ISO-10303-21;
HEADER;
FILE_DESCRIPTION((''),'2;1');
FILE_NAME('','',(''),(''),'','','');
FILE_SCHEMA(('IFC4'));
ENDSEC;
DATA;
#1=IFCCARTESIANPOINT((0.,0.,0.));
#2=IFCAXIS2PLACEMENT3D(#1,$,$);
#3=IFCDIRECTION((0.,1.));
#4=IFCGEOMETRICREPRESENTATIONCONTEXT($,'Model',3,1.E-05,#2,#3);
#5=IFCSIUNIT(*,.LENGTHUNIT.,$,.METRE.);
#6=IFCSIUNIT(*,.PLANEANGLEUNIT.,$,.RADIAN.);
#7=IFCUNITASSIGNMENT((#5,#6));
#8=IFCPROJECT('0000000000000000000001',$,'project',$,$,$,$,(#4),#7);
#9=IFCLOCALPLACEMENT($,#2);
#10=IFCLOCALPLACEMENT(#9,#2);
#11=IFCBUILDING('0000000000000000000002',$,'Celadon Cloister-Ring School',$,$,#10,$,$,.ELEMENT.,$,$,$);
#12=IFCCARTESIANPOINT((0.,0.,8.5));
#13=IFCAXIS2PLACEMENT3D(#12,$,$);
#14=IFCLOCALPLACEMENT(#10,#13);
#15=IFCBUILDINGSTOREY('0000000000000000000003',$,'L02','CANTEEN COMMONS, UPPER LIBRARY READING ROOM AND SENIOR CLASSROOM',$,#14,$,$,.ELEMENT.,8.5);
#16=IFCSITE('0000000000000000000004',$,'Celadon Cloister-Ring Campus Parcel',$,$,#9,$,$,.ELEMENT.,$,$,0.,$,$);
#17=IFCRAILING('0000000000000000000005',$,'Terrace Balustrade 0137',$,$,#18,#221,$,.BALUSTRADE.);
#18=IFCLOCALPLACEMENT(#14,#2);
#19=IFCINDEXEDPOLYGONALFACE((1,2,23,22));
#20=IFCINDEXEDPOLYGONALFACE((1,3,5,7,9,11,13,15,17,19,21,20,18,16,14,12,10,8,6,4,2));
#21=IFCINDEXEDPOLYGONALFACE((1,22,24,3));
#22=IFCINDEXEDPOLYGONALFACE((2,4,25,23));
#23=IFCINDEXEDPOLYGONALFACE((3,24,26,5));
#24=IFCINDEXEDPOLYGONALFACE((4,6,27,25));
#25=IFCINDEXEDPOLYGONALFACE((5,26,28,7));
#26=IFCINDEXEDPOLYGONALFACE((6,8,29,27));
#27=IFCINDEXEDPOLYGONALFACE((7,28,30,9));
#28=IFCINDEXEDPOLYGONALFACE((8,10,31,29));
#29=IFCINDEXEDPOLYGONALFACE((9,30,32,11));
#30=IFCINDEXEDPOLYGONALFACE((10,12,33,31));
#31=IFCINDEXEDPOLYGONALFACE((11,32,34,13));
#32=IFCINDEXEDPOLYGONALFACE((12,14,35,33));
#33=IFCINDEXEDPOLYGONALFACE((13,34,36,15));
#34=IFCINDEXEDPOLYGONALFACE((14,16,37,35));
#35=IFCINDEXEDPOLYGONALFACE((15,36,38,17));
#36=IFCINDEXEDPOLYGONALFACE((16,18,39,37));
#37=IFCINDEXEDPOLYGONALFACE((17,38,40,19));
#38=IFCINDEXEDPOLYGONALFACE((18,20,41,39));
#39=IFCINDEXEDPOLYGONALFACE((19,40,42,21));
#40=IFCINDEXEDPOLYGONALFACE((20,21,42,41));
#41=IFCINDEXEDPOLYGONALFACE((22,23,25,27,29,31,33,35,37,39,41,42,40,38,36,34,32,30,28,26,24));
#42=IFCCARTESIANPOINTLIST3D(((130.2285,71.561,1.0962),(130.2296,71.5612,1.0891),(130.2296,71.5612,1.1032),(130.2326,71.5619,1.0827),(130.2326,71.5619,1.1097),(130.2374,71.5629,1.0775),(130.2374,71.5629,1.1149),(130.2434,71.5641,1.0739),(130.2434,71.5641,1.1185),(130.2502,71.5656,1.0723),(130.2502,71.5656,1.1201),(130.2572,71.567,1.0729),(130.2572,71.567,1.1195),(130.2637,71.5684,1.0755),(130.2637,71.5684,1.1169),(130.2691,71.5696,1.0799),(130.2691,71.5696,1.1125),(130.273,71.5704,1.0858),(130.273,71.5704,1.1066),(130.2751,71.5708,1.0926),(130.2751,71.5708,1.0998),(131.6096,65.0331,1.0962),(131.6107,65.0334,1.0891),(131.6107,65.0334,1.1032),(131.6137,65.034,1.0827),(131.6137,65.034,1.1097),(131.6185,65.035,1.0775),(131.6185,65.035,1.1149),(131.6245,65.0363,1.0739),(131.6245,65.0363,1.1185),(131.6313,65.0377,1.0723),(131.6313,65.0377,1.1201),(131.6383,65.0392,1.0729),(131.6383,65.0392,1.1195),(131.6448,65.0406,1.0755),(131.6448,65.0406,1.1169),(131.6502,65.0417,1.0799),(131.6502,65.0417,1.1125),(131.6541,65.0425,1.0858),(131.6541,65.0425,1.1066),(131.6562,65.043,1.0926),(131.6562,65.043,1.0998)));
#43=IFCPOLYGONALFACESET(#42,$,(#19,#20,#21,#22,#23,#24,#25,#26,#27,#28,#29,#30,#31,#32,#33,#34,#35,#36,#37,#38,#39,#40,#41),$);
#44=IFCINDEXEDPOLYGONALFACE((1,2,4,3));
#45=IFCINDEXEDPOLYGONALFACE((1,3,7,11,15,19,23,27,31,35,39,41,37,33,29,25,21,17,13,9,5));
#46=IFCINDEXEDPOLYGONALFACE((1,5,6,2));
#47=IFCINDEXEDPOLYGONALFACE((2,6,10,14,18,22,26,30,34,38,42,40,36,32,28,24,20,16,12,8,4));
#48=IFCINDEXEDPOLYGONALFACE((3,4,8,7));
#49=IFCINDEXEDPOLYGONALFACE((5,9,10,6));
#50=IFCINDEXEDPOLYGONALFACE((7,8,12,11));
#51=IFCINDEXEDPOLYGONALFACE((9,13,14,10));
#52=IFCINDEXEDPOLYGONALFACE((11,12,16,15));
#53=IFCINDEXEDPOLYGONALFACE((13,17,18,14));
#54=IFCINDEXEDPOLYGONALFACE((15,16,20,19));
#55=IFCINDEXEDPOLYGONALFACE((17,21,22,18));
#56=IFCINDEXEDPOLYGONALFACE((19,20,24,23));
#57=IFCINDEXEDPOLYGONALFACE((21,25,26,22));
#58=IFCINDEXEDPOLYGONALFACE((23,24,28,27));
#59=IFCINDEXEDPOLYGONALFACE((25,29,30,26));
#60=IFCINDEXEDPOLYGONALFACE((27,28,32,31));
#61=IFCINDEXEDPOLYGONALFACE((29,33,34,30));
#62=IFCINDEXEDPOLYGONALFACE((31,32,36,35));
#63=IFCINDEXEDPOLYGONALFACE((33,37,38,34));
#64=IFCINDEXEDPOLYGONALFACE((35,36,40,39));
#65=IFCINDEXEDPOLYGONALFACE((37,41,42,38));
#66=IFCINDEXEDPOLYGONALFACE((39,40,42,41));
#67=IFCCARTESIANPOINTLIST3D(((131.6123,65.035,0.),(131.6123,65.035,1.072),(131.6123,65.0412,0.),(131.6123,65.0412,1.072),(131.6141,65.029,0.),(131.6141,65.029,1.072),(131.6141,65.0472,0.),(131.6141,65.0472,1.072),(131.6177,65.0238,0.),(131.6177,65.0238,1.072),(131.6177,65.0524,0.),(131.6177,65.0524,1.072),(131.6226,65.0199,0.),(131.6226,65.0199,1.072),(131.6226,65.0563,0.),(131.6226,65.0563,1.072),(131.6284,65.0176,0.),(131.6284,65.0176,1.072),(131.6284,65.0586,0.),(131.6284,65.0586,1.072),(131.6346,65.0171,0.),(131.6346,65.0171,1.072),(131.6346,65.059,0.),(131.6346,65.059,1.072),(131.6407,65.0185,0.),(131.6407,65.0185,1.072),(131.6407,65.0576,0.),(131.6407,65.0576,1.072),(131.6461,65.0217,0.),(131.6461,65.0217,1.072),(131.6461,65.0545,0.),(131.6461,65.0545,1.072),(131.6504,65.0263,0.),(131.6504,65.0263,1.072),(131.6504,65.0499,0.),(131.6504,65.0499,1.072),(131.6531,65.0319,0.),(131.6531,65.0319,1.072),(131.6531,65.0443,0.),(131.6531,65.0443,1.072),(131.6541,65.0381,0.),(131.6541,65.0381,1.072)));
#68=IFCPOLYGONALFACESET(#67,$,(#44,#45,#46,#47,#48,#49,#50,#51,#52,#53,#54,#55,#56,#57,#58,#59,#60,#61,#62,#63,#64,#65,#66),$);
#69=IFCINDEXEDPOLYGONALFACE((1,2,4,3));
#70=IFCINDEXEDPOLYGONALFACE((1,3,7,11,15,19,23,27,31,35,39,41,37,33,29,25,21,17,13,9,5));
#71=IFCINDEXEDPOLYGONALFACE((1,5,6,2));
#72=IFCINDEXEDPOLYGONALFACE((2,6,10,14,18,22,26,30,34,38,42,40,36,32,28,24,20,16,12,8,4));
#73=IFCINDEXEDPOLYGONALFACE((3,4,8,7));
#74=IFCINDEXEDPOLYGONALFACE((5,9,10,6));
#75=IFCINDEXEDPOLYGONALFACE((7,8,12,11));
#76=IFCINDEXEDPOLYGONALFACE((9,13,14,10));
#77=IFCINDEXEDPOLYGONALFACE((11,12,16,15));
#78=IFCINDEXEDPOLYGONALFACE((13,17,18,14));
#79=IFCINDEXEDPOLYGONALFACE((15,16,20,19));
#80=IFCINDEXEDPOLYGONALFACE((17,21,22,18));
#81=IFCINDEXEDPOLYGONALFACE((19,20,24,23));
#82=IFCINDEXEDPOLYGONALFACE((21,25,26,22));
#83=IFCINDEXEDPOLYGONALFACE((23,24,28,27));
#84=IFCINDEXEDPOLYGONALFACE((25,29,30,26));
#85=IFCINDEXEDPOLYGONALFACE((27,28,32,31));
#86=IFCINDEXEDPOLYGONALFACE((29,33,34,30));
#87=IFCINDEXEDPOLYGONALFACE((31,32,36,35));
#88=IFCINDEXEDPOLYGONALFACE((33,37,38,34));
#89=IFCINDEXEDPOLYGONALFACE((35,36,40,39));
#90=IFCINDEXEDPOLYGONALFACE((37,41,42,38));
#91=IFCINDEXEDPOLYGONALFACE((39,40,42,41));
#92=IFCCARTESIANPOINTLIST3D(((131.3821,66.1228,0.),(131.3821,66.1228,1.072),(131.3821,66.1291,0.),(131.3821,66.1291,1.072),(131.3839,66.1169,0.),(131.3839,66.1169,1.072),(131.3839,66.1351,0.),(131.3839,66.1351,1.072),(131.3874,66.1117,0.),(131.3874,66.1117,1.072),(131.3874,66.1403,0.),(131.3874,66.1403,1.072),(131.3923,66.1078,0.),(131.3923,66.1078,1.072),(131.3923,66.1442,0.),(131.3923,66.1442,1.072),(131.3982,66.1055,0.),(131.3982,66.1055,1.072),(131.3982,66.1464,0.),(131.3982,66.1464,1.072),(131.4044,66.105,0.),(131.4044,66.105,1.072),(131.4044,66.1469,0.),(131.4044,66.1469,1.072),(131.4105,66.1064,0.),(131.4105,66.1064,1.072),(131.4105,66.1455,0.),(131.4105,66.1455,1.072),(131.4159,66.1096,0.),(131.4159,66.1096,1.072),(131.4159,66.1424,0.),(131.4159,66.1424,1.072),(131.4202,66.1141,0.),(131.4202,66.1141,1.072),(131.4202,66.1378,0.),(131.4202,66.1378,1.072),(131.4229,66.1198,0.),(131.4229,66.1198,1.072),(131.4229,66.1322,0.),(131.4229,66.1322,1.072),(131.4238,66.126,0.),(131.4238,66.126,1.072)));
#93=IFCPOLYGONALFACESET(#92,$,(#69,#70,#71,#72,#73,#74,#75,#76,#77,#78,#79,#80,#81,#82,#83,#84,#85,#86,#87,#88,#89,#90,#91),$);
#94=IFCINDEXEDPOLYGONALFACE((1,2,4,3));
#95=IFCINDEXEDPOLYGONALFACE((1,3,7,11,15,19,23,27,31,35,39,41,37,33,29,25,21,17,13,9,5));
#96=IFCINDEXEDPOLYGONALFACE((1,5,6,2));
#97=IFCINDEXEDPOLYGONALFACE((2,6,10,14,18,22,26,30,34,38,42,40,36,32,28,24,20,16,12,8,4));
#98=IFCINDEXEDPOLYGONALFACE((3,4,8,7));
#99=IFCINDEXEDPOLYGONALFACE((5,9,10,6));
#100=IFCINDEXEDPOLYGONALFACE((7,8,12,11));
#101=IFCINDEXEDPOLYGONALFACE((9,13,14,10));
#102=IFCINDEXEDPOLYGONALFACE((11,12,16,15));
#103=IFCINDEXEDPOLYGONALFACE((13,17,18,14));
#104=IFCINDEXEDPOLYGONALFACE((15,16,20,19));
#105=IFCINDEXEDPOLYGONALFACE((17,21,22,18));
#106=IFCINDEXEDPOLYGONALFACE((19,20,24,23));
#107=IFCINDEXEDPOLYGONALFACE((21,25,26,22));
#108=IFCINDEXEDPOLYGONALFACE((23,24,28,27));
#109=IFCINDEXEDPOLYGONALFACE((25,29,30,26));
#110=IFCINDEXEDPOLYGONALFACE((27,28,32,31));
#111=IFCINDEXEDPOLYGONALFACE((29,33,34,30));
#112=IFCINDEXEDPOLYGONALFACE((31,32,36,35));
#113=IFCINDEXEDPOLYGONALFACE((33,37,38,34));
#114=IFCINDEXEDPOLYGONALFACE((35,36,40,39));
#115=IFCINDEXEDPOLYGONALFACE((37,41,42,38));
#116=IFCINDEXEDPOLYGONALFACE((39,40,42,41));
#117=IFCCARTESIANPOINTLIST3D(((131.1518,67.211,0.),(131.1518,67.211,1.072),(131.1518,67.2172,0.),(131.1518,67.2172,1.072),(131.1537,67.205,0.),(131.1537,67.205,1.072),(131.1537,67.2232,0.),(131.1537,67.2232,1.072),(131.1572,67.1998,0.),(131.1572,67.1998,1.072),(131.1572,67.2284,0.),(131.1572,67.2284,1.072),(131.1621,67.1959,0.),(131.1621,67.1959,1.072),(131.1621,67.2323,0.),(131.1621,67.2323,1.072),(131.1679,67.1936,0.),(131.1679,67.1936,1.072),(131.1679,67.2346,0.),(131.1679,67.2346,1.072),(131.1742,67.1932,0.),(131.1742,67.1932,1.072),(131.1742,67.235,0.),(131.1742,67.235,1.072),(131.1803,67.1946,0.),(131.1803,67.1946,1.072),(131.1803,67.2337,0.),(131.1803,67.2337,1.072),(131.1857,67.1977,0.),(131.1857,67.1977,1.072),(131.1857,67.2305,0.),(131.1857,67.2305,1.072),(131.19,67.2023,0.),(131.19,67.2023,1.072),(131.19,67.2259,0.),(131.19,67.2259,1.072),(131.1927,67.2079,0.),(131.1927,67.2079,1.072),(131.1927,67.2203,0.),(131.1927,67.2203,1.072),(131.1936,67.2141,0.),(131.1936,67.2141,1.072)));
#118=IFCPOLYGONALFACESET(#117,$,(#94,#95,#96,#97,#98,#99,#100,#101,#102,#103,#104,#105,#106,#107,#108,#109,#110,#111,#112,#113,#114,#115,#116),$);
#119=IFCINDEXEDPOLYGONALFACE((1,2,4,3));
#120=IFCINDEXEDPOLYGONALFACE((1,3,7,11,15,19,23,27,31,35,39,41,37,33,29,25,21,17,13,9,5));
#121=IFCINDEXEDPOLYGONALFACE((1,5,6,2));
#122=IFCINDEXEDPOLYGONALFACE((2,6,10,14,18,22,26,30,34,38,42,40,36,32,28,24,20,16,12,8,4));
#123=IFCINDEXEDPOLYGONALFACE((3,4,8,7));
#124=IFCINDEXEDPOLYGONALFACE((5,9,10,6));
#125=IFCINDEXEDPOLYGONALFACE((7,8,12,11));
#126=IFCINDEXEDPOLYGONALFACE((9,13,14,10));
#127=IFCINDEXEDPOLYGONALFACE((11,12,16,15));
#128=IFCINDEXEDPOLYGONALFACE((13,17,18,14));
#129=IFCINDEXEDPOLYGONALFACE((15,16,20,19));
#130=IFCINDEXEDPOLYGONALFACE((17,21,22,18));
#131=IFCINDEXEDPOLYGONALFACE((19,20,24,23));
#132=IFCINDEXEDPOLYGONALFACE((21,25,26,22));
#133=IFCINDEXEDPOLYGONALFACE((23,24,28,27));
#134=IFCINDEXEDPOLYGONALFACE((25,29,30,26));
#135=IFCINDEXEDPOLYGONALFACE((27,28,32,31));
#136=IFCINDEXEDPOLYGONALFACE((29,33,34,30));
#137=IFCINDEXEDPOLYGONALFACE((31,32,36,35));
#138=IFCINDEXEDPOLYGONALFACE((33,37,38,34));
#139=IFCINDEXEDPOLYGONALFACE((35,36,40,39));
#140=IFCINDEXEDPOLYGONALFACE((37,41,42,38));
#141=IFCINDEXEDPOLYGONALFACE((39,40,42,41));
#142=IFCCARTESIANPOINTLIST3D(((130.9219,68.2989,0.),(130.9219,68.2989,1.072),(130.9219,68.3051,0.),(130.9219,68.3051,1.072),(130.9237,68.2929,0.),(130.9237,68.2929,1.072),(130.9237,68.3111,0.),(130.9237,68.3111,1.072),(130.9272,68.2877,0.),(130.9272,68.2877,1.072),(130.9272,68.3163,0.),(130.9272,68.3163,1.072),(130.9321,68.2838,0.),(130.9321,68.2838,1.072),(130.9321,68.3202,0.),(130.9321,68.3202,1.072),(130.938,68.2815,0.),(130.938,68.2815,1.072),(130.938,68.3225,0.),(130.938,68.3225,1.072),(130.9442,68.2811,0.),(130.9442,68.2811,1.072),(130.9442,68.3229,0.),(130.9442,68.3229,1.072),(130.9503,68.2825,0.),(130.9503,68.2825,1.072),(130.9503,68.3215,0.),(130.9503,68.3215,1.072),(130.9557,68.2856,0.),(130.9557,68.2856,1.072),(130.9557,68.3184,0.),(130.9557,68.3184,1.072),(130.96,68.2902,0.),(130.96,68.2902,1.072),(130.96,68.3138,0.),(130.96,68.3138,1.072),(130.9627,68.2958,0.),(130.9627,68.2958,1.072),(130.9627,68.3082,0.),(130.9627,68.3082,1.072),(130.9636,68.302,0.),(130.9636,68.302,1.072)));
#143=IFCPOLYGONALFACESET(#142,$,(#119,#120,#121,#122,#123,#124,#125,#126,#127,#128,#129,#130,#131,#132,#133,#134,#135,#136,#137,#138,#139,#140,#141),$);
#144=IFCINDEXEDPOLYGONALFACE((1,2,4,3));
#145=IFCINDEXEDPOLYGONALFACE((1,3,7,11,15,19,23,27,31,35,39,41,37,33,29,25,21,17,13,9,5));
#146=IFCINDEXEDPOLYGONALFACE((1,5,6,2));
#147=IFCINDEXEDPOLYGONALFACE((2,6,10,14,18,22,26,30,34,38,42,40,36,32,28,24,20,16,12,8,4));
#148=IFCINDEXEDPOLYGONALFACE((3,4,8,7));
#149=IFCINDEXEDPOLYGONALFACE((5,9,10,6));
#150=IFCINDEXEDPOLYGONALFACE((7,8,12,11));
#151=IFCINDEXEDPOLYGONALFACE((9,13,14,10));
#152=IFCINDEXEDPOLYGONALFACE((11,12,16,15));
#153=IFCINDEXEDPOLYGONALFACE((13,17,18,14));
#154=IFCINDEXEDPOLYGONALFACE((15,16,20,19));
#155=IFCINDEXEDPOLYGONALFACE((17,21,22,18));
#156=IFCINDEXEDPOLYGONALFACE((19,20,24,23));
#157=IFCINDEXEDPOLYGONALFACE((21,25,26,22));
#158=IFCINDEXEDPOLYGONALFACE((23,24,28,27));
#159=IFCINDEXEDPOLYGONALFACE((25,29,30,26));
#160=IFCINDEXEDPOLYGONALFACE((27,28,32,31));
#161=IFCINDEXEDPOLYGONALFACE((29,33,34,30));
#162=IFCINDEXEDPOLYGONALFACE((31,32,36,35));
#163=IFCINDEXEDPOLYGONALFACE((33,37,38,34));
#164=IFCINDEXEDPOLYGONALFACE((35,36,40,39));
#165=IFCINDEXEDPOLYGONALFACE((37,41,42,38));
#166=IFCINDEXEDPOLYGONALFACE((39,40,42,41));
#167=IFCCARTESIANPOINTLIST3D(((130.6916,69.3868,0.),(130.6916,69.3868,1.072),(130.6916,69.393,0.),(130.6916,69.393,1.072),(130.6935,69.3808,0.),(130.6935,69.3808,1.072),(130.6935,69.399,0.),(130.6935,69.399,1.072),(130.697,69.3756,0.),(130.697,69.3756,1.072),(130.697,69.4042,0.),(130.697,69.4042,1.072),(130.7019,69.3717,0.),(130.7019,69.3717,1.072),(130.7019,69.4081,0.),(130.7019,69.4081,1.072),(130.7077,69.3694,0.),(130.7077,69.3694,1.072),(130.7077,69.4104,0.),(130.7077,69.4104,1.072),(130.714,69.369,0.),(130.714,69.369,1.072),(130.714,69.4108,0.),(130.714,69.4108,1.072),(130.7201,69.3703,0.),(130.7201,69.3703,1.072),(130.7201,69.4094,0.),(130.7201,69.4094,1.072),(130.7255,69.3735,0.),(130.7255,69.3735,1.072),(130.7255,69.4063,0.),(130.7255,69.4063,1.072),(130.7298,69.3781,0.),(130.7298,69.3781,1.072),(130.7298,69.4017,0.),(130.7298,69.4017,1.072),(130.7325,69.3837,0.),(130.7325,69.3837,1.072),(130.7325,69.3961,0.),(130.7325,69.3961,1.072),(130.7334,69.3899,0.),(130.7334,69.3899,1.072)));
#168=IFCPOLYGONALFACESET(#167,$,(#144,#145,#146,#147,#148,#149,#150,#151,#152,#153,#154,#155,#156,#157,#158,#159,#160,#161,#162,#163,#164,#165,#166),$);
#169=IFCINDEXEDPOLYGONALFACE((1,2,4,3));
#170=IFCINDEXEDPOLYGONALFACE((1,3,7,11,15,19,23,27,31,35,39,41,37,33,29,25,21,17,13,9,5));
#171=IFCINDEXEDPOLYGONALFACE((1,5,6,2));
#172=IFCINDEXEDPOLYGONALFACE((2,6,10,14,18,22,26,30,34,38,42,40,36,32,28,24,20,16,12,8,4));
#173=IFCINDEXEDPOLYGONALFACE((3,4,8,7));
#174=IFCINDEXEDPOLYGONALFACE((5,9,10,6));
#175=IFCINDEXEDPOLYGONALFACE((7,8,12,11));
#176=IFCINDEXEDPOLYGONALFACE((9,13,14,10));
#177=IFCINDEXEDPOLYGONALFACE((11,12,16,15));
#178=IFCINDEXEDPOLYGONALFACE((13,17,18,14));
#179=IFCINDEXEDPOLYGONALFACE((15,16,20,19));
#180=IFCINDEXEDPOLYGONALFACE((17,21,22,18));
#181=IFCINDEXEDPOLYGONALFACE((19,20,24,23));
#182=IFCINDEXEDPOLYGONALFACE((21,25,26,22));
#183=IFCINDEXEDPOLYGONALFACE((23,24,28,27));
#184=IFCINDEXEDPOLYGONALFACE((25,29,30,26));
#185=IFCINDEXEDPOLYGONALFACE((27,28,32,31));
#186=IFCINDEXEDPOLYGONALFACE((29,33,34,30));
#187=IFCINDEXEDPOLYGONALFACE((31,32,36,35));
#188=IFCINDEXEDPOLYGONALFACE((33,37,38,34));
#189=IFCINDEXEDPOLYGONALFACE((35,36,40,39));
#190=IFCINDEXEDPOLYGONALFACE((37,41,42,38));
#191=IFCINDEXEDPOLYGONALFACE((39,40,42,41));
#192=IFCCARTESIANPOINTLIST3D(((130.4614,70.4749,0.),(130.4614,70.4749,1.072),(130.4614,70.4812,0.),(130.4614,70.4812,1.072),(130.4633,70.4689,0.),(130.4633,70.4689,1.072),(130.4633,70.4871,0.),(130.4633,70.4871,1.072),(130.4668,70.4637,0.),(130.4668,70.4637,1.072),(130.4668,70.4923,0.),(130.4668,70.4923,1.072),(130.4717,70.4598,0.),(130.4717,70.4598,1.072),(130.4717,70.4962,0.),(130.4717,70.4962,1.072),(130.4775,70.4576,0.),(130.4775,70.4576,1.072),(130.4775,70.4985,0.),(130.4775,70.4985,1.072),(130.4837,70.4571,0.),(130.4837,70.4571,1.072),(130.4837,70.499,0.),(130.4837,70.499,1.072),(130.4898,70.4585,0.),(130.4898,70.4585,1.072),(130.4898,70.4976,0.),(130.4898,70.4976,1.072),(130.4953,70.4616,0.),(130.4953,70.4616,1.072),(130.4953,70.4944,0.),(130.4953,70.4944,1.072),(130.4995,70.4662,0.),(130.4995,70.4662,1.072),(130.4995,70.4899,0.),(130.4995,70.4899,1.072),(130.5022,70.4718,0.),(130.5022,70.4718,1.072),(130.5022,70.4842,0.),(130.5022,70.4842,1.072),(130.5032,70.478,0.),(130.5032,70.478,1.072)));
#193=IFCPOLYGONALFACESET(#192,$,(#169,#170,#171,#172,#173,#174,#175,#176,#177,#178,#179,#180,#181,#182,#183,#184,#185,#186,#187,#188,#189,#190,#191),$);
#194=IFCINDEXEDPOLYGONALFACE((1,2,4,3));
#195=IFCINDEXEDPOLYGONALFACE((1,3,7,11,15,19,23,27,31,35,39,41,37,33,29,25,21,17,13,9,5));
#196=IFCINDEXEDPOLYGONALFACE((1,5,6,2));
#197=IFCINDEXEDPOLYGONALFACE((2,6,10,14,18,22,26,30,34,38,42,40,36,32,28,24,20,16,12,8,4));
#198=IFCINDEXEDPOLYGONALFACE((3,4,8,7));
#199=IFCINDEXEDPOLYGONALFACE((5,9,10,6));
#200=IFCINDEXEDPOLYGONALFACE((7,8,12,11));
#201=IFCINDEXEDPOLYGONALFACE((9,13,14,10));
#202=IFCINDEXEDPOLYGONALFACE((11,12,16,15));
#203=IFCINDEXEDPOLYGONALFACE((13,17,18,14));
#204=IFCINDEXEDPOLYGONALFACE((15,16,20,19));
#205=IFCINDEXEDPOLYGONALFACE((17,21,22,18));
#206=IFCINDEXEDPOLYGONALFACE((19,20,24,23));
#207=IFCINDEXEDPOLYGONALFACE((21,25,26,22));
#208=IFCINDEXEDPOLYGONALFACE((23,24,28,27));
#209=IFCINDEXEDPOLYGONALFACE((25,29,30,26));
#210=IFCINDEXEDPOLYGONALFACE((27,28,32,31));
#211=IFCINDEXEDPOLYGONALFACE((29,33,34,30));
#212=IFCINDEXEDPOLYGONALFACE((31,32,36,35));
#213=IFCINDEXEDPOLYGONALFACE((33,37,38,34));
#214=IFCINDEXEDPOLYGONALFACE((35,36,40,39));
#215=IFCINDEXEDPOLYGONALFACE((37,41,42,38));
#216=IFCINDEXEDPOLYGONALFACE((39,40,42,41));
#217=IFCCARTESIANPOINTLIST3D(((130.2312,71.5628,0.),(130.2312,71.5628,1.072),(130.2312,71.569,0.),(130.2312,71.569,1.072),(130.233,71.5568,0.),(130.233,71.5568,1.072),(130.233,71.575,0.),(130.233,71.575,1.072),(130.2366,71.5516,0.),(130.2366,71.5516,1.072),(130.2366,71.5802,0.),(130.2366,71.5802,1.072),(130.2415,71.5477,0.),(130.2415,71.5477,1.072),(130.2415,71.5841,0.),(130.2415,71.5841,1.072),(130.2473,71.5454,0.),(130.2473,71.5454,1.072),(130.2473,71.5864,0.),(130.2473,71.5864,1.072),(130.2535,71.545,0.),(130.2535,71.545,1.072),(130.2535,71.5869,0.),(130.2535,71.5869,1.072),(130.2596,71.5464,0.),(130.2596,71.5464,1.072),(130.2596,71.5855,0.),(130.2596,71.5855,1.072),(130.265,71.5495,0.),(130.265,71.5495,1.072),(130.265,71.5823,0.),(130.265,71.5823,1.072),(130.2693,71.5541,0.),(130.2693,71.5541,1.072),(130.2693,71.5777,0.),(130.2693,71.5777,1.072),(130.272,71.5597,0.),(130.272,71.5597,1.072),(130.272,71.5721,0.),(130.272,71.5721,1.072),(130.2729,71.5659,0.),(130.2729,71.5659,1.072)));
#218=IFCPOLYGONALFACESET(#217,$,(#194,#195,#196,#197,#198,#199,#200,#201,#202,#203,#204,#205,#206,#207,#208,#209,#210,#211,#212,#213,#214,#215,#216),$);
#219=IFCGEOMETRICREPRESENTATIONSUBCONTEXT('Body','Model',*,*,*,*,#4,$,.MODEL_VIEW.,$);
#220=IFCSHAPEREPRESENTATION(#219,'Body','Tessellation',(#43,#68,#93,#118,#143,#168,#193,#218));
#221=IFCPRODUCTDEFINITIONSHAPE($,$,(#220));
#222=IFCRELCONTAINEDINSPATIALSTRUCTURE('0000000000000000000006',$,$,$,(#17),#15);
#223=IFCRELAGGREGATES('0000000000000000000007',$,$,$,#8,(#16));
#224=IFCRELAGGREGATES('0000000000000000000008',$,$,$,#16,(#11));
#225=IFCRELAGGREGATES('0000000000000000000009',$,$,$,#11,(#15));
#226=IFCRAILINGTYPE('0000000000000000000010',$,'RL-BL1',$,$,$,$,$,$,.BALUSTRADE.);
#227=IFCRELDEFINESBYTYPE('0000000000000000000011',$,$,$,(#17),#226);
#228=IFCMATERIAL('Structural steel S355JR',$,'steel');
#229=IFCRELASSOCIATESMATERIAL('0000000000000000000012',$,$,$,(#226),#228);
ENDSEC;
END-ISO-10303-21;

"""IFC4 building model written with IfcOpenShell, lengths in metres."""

from ifc_helpers import new_model, si_unit, direction, frame, origin, origin_2d, place, context, subcontext, project, spatial, circle, extrude, material, type_object, element, save


model = new_model("IFC4")

# Units and contexts
model_context = context("Model", 3, precision=1e-05, world=origin(), true_north=direction((0.0, 1.0)))
body_context = subcontext(model_context, "Body", "Model", "MODEL_VIEW")
ifc_project = project(units=[si_unit("LENGTHUNIT", "METRE"), si_unit("PLANEANGLEUNIT", "RADIAN")], contexts=[model_context])

# Site, building, storey
site_placement = place(None, origin())
site = spatial("IfcSite", under=ifc_project, at=site_placement, Name="Celadon Cloister-Ring Campus Parcel", CompositionType="ELEMENT", RefElevation=0.0)
building_placement = place(site_placement, origin())
building = spatial("IfcBuilding", under=site, at=building_placement, Name="Celadon Cloister-Ring School", CompositionType="ELEMENT")
storey_placement = place(building_placement, frame((0.0, 0.0, 8.5)))
storey = spatial("IfcBuildingStorey", under=building, at=storey_placement, Name="L02", Description="CANTEEN COMMONS, UPPER LIBRARY READING ROOM AND SENIOR CLASSROOM", CompositionType="ELEMENT", Elevation=8.5)

# Railing
ifc_material_1 = material(Name="Structural steel S355JR", Category="steel")
railing_type = type_object("IfcRailingType", Name="RL-BL1", PredefinedType="BALUSTRADE", material=ifc_material_1)
railing_1_placement = place(storey_placement, frame((131.6331, 65.0381, 0.0)))
element("IfcRailing", 1, at=railing_1_placement, inside=storey, type_object=railing_type, Name="Terrace Balustrade 0137", PredefinedType="BALUSTRADE", context=body_context, shape_type="SweptSolid", body=[
    extrude(circle(Radius=0.0239, at=origin_2d()), frame((0.0, 0.0, 1.0962), z_axis=(-0.20699, 0.978343, 0.0), x_axis=(-0.978343, -0.20699, 0.0)), (0.0, 0.0, 1.0), 6.6724),
    extrude(circle(Radius=0.021, at=origin_2d()), origin(), (0.0, 0.0, 1.0), 1.072),
    extrude(circle(Radius=0.021, at=origin_2d()), frame((-0.2302, 1.0879, 0.0)), (0.0, 0.0, 1.0), 1.072),
    extrude(circle(Radius=0.021, at=origin_2d()), frame((-0.4604, 2.176, 0.0)), (0.0, 0.0, 1.0), 1.072),
    extrude(circle(Radius=0.021, at=origin_2d()), frame((-0.6904, 3.2639, 0.0)), (0.0, 0.0, 1.0), 1.072),
    extrude(circle(Radius=0.021, at=origin_2d()), frame((-0.9207, 4.3518, 0.0)), (0.0, 0.0, 1.0), 1.072),
    extrude(circle(Radius=0.021, at=origin_2d()), frame((-1.1509, 5.4399, 0.0)), (0.0, 0.0, 1.0), 1.072),
    extrude(circle(Radius=0.021, at=origin_2d()), frame((-1.3811, 6.5278, 0.0)), (0.0, 0.0, 1.0), 1.072),
])

save(model, "model.ifc")
